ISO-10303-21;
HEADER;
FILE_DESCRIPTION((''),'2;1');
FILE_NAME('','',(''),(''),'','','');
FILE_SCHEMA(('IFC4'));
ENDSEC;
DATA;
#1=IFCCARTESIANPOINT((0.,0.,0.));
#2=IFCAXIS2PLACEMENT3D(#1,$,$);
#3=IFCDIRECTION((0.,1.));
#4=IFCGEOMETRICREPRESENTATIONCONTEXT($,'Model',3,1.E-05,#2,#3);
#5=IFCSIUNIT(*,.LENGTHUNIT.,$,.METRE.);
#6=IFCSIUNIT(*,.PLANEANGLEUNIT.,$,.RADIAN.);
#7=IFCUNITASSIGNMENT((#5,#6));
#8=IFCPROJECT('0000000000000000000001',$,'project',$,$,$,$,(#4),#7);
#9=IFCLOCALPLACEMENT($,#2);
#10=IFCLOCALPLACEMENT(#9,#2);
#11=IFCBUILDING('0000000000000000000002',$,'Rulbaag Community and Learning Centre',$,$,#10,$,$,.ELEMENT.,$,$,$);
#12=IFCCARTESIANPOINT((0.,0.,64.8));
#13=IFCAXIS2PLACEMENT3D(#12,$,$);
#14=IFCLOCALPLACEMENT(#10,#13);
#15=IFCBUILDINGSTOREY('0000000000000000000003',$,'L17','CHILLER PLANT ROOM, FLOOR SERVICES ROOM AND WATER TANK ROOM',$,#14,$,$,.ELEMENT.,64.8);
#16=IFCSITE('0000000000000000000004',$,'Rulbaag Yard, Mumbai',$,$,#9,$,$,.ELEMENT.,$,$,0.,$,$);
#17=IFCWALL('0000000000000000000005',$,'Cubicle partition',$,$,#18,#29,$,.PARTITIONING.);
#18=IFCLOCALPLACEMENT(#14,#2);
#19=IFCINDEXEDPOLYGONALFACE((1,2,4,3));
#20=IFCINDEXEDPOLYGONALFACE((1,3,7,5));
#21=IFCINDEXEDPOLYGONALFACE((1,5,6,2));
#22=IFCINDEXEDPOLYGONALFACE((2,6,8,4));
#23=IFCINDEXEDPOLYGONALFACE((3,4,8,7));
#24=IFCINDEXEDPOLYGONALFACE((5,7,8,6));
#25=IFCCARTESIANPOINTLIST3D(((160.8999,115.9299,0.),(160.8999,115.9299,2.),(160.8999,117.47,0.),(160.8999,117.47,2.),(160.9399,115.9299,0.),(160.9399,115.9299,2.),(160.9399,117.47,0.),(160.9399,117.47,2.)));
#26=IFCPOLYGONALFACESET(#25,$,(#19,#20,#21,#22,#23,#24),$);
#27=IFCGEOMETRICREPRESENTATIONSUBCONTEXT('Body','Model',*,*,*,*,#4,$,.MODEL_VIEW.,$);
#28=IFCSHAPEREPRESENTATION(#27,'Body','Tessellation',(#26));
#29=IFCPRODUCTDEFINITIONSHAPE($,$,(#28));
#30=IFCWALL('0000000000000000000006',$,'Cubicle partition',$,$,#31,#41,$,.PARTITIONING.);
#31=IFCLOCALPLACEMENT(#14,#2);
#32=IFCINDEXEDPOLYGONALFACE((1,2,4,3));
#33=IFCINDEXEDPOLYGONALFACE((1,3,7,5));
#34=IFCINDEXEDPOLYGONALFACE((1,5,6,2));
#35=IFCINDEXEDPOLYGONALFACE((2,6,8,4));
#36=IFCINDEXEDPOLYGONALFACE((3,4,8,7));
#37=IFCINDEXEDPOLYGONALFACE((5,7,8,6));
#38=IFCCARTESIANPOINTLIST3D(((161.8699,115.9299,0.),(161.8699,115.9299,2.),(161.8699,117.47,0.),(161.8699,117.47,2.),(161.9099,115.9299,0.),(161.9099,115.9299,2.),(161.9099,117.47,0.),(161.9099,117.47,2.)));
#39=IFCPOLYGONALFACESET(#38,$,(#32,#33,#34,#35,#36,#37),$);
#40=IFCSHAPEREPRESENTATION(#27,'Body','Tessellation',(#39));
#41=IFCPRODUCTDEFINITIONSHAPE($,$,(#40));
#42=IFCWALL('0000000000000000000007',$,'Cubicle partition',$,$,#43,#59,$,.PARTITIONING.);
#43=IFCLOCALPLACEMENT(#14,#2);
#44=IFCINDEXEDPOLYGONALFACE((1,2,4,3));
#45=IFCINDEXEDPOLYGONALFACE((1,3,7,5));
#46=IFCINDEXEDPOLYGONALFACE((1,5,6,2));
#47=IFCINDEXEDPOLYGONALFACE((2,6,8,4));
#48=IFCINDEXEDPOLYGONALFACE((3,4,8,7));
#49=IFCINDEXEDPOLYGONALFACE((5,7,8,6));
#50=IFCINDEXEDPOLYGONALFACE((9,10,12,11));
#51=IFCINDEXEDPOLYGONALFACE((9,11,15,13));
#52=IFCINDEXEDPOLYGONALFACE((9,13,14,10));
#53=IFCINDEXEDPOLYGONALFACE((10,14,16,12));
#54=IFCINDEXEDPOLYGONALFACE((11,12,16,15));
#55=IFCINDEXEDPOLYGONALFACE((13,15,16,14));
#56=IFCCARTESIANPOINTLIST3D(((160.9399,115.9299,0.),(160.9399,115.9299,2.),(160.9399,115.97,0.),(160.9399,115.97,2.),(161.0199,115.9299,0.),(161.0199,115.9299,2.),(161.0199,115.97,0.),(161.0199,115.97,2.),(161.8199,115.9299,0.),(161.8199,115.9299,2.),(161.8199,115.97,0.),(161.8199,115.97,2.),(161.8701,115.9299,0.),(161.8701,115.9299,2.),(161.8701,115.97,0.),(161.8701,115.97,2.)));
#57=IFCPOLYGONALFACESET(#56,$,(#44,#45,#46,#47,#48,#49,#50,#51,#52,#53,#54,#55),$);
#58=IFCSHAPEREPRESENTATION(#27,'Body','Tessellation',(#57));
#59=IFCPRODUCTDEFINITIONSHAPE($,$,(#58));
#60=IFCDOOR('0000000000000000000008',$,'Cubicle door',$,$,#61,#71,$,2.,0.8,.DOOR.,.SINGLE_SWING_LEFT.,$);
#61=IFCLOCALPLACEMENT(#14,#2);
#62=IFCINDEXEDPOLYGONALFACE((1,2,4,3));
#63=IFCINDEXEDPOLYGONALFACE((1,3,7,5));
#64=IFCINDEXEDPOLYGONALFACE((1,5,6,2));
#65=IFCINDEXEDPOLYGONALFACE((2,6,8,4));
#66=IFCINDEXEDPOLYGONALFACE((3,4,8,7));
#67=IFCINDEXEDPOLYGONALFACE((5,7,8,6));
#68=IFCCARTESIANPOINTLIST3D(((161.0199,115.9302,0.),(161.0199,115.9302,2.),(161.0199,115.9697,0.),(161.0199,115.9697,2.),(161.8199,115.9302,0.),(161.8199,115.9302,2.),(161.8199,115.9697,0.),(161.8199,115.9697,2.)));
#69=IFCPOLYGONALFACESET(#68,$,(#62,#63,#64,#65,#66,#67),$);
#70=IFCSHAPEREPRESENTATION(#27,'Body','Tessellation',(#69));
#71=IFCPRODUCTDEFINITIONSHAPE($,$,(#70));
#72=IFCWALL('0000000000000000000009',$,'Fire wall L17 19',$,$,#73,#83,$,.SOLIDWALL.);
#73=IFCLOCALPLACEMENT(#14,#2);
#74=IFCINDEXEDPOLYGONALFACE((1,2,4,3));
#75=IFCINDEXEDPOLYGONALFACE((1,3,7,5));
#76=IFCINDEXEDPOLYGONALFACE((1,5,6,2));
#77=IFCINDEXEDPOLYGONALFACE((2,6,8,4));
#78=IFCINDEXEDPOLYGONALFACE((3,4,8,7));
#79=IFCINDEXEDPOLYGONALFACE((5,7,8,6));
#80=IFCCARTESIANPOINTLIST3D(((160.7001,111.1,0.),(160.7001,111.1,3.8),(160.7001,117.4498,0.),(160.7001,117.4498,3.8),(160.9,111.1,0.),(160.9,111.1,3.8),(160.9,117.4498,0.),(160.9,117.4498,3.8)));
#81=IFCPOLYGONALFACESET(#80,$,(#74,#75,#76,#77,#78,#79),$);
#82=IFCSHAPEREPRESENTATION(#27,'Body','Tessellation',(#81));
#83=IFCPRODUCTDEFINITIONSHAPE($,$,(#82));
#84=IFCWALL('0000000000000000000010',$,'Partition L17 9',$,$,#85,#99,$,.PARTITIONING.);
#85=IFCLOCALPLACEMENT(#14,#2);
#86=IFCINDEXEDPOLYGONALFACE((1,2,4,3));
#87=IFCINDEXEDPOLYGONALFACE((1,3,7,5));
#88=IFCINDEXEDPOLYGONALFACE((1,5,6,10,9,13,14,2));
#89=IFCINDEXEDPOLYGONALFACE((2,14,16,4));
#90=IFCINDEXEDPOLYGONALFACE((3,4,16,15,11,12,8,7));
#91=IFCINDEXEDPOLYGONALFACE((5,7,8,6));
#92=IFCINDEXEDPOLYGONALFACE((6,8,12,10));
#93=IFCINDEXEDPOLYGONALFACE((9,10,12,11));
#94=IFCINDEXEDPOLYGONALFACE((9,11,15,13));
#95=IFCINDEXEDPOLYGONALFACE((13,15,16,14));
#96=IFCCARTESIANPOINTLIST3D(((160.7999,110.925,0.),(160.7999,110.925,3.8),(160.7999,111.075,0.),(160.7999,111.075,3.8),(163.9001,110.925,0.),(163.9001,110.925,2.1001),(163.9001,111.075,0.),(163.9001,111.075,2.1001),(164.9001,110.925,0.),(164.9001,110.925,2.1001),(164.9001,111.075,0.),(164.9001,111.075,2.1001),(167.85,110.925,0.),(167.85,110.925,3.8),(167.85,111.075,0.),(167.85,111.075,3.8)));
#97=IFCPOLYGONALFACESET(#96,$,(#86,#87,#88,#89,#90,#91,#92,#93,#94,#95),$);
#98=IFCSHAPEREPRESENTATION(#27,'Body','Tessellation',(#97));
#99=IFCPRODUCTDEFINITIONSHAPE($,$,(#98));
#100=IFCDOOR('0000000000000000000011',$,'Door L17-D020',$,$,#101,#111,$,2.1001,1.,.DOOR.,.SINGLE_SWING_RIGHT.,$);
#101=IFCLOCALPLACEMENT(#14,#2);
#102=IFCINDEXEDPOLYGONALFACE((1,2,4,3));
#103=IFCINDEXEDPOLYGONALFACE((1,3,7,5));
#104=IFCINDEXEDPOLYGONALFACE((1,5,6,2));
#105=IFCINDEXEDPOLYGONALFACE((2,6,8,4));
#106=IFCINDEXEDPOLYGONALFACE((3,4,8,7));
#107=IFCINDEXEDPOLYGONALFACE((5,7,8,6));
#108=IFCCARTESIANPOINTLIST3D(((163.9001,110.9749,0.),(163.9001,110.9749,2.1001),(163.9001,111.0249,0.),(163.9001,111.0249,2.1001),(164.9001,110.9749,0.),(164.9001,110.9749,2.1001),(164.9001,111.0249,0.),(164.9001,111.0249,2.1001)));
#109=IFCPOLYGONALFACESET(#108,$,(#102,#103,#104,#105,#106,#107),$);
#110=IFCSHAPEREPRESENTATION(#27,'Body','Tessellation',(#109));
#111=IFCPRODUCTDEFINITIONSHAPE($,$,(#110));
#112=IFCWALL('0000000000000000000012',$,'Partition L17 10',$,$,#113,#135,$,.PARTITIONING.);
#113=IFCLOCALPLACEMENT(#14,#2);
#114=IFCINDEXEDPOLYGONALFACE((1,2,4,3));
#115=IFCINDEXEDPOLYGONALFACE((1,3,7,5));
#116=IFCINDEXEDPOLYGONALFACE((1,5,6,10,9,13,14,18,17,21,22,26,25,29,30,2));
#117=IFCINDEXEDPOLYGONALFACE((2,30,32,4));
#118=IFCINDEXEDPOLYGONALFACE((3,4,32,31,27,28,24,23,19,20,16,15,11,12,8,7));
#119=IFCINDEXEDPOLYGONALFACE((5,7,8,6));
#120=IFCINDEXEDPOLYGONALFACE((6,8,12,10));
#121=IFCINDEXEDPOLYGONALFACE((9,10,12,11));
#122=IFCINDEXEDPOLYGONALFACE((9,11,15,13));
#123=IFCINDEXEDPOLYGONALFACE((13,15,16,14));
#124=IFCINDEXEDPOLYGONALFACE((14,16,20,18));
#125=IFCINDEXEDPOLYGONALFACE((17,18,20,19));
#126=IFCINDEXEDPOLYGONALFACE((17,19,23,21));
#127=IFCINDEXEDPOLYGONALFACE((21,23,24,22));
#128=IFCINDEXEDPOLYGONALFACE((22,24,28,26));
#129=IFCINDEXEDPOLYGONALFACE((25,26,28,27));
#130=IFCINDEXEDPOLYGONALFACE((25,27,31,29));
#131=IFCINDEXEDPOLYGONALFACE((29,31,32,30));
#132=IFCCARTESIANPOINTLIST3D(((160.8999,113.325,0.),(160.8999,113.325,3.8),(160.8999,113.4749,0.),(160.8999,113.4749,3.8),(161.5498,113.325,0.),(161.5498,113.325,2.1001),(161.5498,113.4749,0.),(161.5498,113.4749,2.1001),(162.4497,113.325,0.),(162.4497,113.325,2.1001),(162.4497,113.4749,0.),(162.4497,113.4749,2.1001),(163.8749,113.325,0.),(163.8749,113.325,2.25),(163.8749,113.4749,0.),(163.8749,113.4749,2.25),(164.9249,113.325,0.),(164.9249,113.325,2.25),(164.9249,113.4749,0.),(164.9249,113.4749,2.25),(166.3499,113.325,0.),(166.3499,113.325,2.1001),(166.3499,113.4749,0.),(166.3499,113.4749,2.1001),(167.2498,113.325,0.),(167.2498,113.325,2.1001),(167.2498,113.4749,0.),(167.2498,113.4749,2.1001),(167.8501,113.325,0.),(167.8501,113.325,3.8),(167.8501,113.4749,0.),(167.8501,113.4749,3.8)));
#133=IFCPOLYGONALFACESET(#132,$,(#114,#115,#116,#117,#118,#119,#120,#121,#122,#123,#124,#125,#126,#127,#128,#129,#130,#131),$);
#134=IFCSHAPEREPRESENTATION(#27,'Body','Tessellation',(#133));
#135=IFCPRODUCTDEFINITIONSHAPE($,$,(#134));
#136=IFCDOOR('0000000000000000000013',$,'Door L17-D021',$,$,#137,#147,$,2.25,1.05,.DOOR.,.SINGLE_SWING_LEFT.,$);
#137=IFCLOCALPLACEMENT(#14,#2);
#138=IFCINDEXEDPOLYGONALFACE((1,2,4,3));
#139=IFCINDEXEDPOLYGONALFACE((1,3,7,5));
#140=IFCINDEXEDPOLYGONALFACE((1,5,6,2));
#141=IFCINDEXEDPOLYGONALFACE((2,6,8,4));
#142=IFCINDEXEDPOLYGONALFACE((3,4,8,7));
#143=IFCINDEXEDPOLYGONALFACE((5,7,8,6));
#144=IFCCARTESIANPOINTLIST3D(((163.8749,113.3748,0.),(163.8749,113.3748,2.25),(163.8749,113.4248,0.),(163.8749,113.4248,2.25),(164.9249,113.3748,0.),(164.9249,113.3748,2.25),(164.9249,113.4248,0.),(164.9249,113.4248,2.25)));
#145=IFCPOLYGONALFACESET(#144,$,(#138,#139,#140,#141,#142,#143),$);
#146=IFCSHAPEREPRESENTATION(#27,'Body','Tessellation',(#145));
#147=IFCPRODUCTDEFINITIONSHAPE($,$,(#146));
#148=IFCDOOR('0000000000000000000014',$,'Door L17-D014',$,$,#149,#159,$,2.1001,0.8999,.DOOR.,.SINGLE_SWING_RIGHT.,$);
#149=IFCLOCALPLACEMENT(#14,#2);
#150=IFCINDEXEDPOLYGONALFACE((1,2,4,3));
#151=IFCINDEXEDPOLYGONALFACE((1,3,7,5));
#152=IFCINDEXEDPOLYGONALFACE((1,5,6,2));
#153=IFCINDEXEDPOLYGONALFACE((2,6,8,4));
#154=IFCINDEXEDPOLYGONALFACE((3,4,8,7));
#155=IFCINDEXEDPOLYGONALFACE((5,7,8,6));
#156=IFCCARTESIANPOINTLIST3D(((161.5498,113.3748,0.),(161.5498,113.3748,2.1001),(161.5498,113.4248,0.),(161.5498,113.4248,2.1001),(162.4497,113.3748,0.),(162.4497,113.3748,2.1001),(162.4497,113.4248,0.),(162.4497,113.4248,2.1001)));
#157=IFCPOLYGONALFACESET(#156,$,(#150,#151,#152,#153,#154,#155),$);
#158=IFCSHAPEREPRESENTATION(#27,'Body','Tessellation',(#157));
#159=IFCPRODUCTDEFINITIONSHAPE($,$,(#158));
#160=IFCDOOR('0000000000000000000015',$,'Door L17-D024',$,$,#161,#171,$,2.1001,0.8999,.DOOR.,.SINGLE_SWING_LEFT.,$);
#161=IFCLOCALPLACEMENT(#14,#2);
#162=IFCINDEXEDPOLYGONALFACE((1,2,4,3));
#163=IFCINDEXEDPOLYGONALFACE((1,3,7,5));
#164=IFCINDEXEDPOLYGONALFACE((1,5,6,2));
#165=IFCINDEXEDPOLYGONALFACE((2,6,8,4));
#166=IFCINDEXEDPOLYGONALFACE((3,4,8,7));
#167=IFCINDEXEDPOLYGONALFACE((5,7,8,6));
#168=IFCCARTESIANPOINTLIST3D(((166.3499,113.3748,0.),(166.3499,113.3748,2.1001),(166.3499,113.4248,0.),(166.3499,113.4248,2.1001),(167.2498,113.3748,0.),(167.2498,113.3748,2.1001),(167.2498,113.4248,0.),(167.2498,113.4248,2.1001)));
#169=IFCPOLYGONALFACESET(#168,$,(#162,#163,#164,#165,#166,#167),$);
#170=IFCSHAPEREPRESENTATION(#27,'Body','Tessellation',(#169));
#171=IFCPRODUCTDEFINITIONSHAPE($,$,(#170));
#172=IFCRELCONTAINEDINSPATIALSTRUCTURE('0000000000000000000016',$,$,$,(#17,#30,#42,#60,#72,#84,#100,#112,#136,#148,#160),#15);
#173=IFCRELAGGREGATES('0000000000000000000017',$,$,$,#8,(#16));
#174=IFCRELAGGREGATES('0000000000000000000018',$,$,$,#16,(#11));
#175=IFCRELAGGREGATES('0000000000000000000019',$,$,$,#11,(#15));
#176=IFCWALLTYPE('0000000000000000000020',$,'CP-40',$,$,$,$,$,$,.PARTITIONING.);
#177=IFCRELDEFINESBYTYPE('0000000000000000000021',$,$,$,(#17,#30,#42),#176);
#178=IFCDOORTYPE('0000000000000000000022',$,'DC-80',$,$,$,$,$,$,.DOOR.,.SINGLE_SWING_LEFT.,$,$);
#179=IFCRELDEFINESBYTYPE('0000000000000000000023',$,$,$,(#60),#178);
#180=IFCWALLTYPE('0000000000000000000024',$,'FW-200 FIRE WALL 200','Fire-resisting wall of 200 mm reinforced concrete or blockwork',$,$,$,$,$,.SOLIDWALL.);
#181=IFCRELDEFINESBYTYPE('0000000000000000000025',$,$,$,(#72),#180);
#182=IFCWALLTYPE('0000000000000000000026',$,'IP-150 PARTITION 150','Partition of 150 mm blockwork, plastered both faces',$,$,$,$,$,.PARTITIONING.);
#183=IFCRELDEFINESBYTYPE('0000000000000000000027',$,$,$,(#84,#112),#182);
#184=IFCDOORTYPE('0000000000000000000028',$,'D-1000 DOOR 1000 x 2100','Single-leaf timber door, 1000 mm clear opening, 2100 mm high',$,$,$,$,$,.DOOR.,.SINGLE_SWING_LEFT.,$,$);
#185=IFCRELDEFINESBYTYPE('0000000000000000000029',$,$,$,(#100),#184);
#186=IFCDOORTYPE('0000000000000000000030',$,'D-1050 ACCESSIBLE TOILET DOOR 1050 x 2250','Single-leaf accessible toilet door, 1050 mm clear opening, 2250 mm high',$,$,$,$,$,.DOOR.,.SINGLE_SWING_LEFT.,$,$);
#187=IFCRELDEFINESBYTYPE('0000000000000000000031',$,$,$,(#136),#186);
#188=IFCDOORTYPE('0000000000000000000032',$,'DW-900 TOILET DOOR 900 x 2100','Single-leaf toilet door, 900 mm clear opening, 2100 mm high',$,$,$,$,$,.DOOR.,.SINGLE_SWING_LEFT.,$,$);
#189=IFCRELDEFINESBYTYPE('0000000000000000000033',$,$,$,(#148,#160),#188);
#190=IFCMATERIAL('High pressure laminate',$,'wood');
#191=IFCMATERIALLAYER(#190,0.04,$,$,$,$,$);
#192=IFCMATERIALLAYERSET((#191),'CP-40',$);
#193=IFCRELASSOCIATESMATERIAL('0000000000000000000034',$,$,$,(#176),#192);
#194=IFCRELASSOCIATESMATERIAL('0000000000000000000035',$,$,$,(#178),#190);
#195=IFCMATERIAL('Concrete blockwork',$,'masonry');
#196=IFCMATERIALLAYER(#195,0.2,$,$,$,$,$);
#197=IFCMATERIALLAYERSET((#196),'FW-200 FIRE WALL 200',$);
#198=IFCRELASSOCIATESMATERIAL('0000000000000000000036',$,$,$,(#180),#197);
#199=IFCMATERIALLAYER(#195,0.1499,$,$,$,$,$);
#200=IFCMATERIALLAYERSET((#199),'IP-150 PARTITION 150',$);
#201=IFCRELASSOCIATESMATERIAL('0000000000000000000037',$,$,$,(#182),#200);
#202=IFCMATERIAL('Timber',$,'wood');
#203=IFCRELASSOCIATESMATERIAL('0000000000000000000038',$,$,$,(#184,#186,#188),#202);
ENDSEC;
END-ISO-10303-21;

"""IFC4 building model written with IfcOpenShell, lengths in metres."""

from ifc_helpers import new_model, si_unit, direction, frame, frame_2d, origin, place, context, subcontext, project, spatial, rectangle, extrude, material, layer, layer_set, type_object, element, fill, save


model = new_model("IFC4")

# Units and contexts
model_context = context("Model", 3, precision=1e-05, world=origin(), true_north=direction((0.0, 1.0)))
body_context = subcontext(model_context, "Body", "Model", "MODEL_VIEW")
ifc_project = project(units=[si_unit("LENGTHUNIT", "METRE"), si_unit("PLANEANGLEUNIT", "RADIAN")], contexts=[model_context])

# Site, building, storey
site_placement = place(None, origin())
site = spatial("IfcSite", under=ifc_project, at=site_placement, Name="Rulbaag Yard, Mumbai", CompositionType="ELEMENT", RefElevation=0.0)
building_placement = place(site_placement, origin())
building = spatial("IfcBuilding", under=site, at=building_placement, Name="Rulbaag Community and Learning Centre", CompositionType="ELEMENT")
storey_placement = place(building_placement, frame((0.0, 0.0, 64.8)))
storey = spatial("IfcBuildingStorey", under=building, at=storey_placement, Name="L17", Description="CHILLER PLANT ROOM, FLOOR SERVICES ROOM AND WATER TANK ROOM", CompositionType="ELEMENT", Elevation=64.8)

# Walls
ifc_material_1 = material(Name="High pressure laminate", Category="wood")
ifc_layer_1 = layer(ifc_material_1, 0.04)
ifc_layer_set_1 = layer_set([ifc_layer_1], Name="CP-40")
wall_type_1 = type_object("IfcWallType", Name="CP-40", PredefinedType="PARTITIONING", material=ifc_layer_set_1)
for number, where, z_axis, x_axis, name in (
    (1, (160.9199, 117.47, 0.0), (0.0, 0.0, 1.0), (0.0, -1.0, 0.0), "Cubicle partition"),
    (2, (161.8899, 117.47, 0.0), (0.0, 0.0, 1.0), (0.0, -1.0, 0.0), "Cubicle partition"),
):
    element("IfcWall", number, at=place(storey_placement, frame(where, z_axis=z_axis, x_axis=x_axis)), inside=storey, type_object=wall_type_1, Name=name, PredefinedType="PARTITIONING", context=body_context, shape_type="SweptSolid", body=[
        extrude(rectangle(XDim=1.54, YDim=0.04, at=frame_2d((0.77, 0.0))), origin(), (0.0, 0.0, 1.0), 2.0),
    ])

# Wall, opening, door
wall_1_placement = place(storey_placement, frame((160.9399, 115.95, 0.0), z_axis=(0.0, 0.0, 1.0), x_axis=(1.0, 0.0, 0.0)))
wall_1 = element("IfcWall", 3, at=wall_1_placement, inside=storey, type_object=wall_type_1, Name="Cubicle partition", PredefinedType="PARTITIONING", context=body_context, shape_type="SweptSolid", body=[
    extrude(rectangle(XDim=0.9302, YDim=0.04, at=frame_2d((0.4651, 0.0))), origin(), (0.0, 0.0, 1.0), 2.0),
])
opening_1_placement = place(wall_1_placement, frame((0.0801, 0.0, 0.0)))
opening_1 = element("IfcOpeningElement", 4, at=opening_1_placement, cuts=wall_1, PredefinedType="OPENING", context=body_context, shape_type="SweptSolid", body=[
    extrude(rectangle(XDim=0.8, YDim=2.0, at=frame_2d((0.3999, 1.0))), frame((0.0, 0.03, 0.0), z_axis=(0.0, -1.0, 0.0), x_axis=(1.0, 0.0, 0.0)), (0.0, 0.0, 1.0), 0.0601),
])
door_type_1 = type_object("IfcDoorType", Name="DC-80", OperationType="SINGLE_SWING_LEFT", PredefinedType="DOOR", material=ifc_material_1)
door_1_placement = place(opening_1_placement, origin())
door_1 = element("IfcDoor", 5, at=door_1_placement, inside=storey, type_object=door_type_1, Name="Cubicle door", OperationType="SINGLE_SWING_LEFT", OverallHeight=2.0, OverallWidth=0.8, PredefinedType="DOOR", context=body_context, shape_type="SweptSolid", body=[
    extrude(rectangle(XDim=0.8, YDim=2.0, at=frame_2d((0.3999, 1.0))), frame((0.0, 0.0198, 0.0), z_axis=(0.0, -1.0, 0.0), x_axis=(1.0, 0.0, 0.0)), (0.0, 0.0, 1.0), 0.0396),
])
fill(opening_1, door_1)

# Wall
ifc_material_2 = material(Name="Concrete blockwork", Category="masonry")
ifc_layer_2 = layer(ifc_material_2, 0.2)
ifc_layer_set_2 = layer_set([ifc_layer_2], Name="FW-200 FIRE WALL 200")
wall_type_2 = type_object("IfcWallType", Name="FW-200 FIRE WALL 200", Description="Fire-resisting wall of 200 mm reinforced concrete or blockwork", PredefinedType="SOLIDWALL", material=ifc_layer_set_2)
wall_2_placement = place(storey_placement, frame((160.8, 111.1001, 0.0), z_axis=(0.0, 0.0, 1.0), x_axis=(0.0, 1.0, 0.0)))
element("IfcWall", 6, at=wall_2_placement, inside=storey, type_object=wall_type_2, Name="Fire wall L17 19", PredefinedType="SOLIDWALL", context=body_context, shape_type="SweptSolid", body=[
    extrude(rectangle(XDim=6.3499, YDim=0.2, at=frame_2d((3.1748, 0.0))), origin(), (0.0, 0.0, 1.0), 3.8),
])

# Wall, opening, door
ifc_layer_3 = layer(ifc_material_2, 0.1499)
ifc_layer_set_3 = layer_set([ifc_layer_3], Name="IP-150 PARTITION 150")
wall_type_3 = type_object("IfcWallType", Name="IP-150 PARTITION 150", Description="Partition of 150 mm blockwork, plastered both faces", PredefinedType="PARTITIONING", material=ifc_layer_set_3)
wall_3_placement = place(storey_placement, frame((160.8, 111.0, 0.0), z_axis=(0.0, 0.0, 1.0), x_axis=(1.0, 0.0, 0.0)))
wall_3 = element("IfcWall", 7, at=wall_3_placement, inside=storey, type_object=wall_type_3, Name="Partition L17 9", PredefinedType="PARTITIONING", context=body_context, shape_type="SweptSolid", body=[
    extrude(rectangle(XDim=7.05, YDim=0.1499, at=frame_2d((3.5249, 0.0))), origin(), (0.0, 0.0, 1.0), 3.8),
])
opening_2_placement = place(wall_3_placement, frame((3.1001, 0.0, 0.0)))
opening_2 = element("IfcOpeningElement", 8, at=opening_2_placement, cuts=wall_3, PredefinedType="OPENING", context=body_context, shape_type="SweptSolid", body=[
    extrude(rectangle(XDim=1.0, YDim=2.1001, at=frame_2d((0.5, 1.05))), frame((0.0, 0.085, 0.0), z_axis=(0.0, -1.0, 0.0), x_axis=(1.0, 0.0, 0.0)), (0.0, 0.0, 1.0), 0.1699),
])
ifc_material_3 = material(Name="Timber", Category="wood")
door_type_2 = type_object("IfcDoorType", Name="D-1000 DOOR 1000 x 2100", Description="Single-leaf timber door, 1000 mm clear opening, 2100 mm high", OperationType="SINGLE_SWING_LEFT", PredefinedType="DOOR", material=ifc_material_3)
door_2_placement = place(opening_2_placement, origin())
door_2 = element("IfcDoor", 9, at=door_2_placement, inside=storey, type_object=door_type_2, Name="Door L17-D020", OperationType="SINGLE_SWING_RIGHT", OverallHeight=2.1001, OverallWidth=1.0, PredefinedType="DOOR", context=body_context, shape_type="SweptSolid", body=[
    extrude(rectangle(XDim=1.0, YDim=2.1001, at=frame_2d((0.5, 1.05))), frame((0.0, 0.0249, 0.0), z_axis=(0.0, -1.0, 0.0), x_axis=(1.0, 0.0, 0.0)), (0.0, 0.0, 1.0), 0.05),
])
fill(opening_2, door_2)

# Wall, openings, doors
wall_4_placement = place(storey_placement, frame((160.8999, 113.3999, 0.0), z_axis=(0.0, 0.0, 1.0), x_axis=(1.0, 0.0, 0.0)))
wall_4 = element("IfcWall", 10, at=wall_4_placement, inside=storey, type_object=wall_type_3, Name="Partition L17 10", PredefinedType="PARTITIONING", context=body_context, shape_type="SweptSolid", body=[
    extrude(rectangle(XDim=6.9502, YDim=0.1499, at=frame_2d((3.4751, 0.0))), origin(), (0.0, 0.0, 1.0), 3.8),
])
opening_3_placement = place(wall_4_placement, frame((0.6499, 0.0, 0.0)))
opening_3 = element("IfcOpeningElement", 11, at=opening_3_placement, cuts=wall_4, PredefinedType="OPENING", context=body_context, shape_type="SweptSolid", body=[
    extrude(rectangle(XDim=0.8999, YDim=2.1001, at=frame_2d((0.45, 1.05))), frame((0.0, 0.085, 0.0), z_axis=(0.0, -1.0, 0.0), x_axis=(1.0, 0.0, 0.0)), (0.0, 0.0, 1.0), 0.1699),
])
opening_4_placement = place(wall_4_placement, frame((2.9751, 0.0, 0.0)))
opening_4 = element("IfcOpeningElement", 12, at=opening_4_placement, cuts=wall_4, PredefinedType="OPENING", context=body_context, shape_type="SweptSolid", body=[
    extrude(rectangle(XDim=1.05, YDim=2.25, at=frame_2d((0.5249, 1.125))), frame((0.0, 0.085, 0.0), z_axis=(0.0, -1.0, 0.0), x_axis=(1.0, 0.0, 0.0)), (0.0, 0.0, 1.0), 0.1699),
])
opening_5_placement = place(wall_4_placement, frame((5.45, 0.0, 0.0)))
opening_5 = element("IfcOpeningElement", 13, at=opening_5_placement, cuts=wall_4, PredefinedType="OPENING", context=body_context, shape_type="SweptSolid", body=[
    extrude(rectangle(XDim=0.8999, YDim=2.1001, at=frame_2d((0.45, 1.05))), frame((0.0, 0.085, 0.0), z_axis=(0.0, -1.0, 0.0), x_axis=(1.0, 0.0, 0.0)), (0.0, 0.0, 1.0), 0.1699),
])
door_type_3 = type_object("IfcDoorType", Name="D-1050 ACCESSIBLE TOILET DOOR 1050 x 2250", Description="Single-leaf accessible toilet door, 1050 mm clear opening, 2250 mm high", OperationType="SINGLE_SWING_LEFT", PredefinedType="DOOR", material=ifc_material_3)
door_3_placement = place(opening_4_placement, origin())
door_3 = element("IfcDoor", 14, at=door_3_placement, inside=storey, type_object=door_type_3, Name="Door L17-D021", OperationType="SINGLE_SWING_LEFT", OverallHeight=2.25, OverallWidth=1.05, PredefinedType="DOOR", context=body_context, shape_type="SweptSolid", body=[
    extrude(rectangle(XDim=1.05, YDim=2.25, at=frame_2d((0.5249, 1.125))), frame((0.0, 0.0249, 0.0), z_axis=(0.0, -1.0, 0.0), x_axis=(1.0, 0.0, 0.0)), (0.0, 0.0, 1.0), 0.05),
])
fill(opening_4, door_3)
door_type_4 = type_object("IfcDoorType", Name="DW-900 TOILET DOOR 900 x 2100", Description="Single-leaf toilet door, 900 mm clear opening, 2100 mm high", OperationType="SINGLE_SWING_LEFT", PredefinedType="DOOR", material=ifc_material_3)
door_4_placement = place(opening_3_placement, origin())
door_4 = element("IfcDoor", 15, at=door_4_placement, inside=storey, type_object=door_type_4, Name="Door L17-D014", OperationType="SINGLE_SWING_RIGHT", OverallHeight=2.1001, OverallWidth=0.8999, PredefinedType="DOOR", context=body_context, shape_type="SweptSolid", body=[
    extrude(rectangle(XDim=0.8999, YDim=2.1001, at=frame_2d((0.45, 1.05))), frame((0.0, 0.0249, 0.0), z_axis=(0.0, -1.0, 0.0), x_axis=(1.0, 0.0, 0.0)), (0.0, 0.0, 1.0), 0.05),
])
fill(opening_3, door_4)
door_5_placement = place(opening_5_placement, origin())
door_5 = element("IfcDoor", 16, at=door_5_placement, inside=storey, type_object=door_type_4, Name="Door L17-D024", OperationType="SINGLE_SWING_LEFT", OverallHeight=2.1001, OverallWidth=0.8999, PredefinedType="DOOR", context=body_context, shape_type="SweptSolid", body=[
    extrude(rectangle(XDim=0.8999, YDim=2.1001, at=frame_2d((0.45, 1.05))), frame((0.0, 0.0249, 0.0), z_axis=(0.0, -1.0, 0.0), x_axis=(1.0, 0.0, 0.0)), (0.0, 0.0, 1.0), 0.05),
])
fill(opening_5, door_5)

save(model, "model.ifc")
